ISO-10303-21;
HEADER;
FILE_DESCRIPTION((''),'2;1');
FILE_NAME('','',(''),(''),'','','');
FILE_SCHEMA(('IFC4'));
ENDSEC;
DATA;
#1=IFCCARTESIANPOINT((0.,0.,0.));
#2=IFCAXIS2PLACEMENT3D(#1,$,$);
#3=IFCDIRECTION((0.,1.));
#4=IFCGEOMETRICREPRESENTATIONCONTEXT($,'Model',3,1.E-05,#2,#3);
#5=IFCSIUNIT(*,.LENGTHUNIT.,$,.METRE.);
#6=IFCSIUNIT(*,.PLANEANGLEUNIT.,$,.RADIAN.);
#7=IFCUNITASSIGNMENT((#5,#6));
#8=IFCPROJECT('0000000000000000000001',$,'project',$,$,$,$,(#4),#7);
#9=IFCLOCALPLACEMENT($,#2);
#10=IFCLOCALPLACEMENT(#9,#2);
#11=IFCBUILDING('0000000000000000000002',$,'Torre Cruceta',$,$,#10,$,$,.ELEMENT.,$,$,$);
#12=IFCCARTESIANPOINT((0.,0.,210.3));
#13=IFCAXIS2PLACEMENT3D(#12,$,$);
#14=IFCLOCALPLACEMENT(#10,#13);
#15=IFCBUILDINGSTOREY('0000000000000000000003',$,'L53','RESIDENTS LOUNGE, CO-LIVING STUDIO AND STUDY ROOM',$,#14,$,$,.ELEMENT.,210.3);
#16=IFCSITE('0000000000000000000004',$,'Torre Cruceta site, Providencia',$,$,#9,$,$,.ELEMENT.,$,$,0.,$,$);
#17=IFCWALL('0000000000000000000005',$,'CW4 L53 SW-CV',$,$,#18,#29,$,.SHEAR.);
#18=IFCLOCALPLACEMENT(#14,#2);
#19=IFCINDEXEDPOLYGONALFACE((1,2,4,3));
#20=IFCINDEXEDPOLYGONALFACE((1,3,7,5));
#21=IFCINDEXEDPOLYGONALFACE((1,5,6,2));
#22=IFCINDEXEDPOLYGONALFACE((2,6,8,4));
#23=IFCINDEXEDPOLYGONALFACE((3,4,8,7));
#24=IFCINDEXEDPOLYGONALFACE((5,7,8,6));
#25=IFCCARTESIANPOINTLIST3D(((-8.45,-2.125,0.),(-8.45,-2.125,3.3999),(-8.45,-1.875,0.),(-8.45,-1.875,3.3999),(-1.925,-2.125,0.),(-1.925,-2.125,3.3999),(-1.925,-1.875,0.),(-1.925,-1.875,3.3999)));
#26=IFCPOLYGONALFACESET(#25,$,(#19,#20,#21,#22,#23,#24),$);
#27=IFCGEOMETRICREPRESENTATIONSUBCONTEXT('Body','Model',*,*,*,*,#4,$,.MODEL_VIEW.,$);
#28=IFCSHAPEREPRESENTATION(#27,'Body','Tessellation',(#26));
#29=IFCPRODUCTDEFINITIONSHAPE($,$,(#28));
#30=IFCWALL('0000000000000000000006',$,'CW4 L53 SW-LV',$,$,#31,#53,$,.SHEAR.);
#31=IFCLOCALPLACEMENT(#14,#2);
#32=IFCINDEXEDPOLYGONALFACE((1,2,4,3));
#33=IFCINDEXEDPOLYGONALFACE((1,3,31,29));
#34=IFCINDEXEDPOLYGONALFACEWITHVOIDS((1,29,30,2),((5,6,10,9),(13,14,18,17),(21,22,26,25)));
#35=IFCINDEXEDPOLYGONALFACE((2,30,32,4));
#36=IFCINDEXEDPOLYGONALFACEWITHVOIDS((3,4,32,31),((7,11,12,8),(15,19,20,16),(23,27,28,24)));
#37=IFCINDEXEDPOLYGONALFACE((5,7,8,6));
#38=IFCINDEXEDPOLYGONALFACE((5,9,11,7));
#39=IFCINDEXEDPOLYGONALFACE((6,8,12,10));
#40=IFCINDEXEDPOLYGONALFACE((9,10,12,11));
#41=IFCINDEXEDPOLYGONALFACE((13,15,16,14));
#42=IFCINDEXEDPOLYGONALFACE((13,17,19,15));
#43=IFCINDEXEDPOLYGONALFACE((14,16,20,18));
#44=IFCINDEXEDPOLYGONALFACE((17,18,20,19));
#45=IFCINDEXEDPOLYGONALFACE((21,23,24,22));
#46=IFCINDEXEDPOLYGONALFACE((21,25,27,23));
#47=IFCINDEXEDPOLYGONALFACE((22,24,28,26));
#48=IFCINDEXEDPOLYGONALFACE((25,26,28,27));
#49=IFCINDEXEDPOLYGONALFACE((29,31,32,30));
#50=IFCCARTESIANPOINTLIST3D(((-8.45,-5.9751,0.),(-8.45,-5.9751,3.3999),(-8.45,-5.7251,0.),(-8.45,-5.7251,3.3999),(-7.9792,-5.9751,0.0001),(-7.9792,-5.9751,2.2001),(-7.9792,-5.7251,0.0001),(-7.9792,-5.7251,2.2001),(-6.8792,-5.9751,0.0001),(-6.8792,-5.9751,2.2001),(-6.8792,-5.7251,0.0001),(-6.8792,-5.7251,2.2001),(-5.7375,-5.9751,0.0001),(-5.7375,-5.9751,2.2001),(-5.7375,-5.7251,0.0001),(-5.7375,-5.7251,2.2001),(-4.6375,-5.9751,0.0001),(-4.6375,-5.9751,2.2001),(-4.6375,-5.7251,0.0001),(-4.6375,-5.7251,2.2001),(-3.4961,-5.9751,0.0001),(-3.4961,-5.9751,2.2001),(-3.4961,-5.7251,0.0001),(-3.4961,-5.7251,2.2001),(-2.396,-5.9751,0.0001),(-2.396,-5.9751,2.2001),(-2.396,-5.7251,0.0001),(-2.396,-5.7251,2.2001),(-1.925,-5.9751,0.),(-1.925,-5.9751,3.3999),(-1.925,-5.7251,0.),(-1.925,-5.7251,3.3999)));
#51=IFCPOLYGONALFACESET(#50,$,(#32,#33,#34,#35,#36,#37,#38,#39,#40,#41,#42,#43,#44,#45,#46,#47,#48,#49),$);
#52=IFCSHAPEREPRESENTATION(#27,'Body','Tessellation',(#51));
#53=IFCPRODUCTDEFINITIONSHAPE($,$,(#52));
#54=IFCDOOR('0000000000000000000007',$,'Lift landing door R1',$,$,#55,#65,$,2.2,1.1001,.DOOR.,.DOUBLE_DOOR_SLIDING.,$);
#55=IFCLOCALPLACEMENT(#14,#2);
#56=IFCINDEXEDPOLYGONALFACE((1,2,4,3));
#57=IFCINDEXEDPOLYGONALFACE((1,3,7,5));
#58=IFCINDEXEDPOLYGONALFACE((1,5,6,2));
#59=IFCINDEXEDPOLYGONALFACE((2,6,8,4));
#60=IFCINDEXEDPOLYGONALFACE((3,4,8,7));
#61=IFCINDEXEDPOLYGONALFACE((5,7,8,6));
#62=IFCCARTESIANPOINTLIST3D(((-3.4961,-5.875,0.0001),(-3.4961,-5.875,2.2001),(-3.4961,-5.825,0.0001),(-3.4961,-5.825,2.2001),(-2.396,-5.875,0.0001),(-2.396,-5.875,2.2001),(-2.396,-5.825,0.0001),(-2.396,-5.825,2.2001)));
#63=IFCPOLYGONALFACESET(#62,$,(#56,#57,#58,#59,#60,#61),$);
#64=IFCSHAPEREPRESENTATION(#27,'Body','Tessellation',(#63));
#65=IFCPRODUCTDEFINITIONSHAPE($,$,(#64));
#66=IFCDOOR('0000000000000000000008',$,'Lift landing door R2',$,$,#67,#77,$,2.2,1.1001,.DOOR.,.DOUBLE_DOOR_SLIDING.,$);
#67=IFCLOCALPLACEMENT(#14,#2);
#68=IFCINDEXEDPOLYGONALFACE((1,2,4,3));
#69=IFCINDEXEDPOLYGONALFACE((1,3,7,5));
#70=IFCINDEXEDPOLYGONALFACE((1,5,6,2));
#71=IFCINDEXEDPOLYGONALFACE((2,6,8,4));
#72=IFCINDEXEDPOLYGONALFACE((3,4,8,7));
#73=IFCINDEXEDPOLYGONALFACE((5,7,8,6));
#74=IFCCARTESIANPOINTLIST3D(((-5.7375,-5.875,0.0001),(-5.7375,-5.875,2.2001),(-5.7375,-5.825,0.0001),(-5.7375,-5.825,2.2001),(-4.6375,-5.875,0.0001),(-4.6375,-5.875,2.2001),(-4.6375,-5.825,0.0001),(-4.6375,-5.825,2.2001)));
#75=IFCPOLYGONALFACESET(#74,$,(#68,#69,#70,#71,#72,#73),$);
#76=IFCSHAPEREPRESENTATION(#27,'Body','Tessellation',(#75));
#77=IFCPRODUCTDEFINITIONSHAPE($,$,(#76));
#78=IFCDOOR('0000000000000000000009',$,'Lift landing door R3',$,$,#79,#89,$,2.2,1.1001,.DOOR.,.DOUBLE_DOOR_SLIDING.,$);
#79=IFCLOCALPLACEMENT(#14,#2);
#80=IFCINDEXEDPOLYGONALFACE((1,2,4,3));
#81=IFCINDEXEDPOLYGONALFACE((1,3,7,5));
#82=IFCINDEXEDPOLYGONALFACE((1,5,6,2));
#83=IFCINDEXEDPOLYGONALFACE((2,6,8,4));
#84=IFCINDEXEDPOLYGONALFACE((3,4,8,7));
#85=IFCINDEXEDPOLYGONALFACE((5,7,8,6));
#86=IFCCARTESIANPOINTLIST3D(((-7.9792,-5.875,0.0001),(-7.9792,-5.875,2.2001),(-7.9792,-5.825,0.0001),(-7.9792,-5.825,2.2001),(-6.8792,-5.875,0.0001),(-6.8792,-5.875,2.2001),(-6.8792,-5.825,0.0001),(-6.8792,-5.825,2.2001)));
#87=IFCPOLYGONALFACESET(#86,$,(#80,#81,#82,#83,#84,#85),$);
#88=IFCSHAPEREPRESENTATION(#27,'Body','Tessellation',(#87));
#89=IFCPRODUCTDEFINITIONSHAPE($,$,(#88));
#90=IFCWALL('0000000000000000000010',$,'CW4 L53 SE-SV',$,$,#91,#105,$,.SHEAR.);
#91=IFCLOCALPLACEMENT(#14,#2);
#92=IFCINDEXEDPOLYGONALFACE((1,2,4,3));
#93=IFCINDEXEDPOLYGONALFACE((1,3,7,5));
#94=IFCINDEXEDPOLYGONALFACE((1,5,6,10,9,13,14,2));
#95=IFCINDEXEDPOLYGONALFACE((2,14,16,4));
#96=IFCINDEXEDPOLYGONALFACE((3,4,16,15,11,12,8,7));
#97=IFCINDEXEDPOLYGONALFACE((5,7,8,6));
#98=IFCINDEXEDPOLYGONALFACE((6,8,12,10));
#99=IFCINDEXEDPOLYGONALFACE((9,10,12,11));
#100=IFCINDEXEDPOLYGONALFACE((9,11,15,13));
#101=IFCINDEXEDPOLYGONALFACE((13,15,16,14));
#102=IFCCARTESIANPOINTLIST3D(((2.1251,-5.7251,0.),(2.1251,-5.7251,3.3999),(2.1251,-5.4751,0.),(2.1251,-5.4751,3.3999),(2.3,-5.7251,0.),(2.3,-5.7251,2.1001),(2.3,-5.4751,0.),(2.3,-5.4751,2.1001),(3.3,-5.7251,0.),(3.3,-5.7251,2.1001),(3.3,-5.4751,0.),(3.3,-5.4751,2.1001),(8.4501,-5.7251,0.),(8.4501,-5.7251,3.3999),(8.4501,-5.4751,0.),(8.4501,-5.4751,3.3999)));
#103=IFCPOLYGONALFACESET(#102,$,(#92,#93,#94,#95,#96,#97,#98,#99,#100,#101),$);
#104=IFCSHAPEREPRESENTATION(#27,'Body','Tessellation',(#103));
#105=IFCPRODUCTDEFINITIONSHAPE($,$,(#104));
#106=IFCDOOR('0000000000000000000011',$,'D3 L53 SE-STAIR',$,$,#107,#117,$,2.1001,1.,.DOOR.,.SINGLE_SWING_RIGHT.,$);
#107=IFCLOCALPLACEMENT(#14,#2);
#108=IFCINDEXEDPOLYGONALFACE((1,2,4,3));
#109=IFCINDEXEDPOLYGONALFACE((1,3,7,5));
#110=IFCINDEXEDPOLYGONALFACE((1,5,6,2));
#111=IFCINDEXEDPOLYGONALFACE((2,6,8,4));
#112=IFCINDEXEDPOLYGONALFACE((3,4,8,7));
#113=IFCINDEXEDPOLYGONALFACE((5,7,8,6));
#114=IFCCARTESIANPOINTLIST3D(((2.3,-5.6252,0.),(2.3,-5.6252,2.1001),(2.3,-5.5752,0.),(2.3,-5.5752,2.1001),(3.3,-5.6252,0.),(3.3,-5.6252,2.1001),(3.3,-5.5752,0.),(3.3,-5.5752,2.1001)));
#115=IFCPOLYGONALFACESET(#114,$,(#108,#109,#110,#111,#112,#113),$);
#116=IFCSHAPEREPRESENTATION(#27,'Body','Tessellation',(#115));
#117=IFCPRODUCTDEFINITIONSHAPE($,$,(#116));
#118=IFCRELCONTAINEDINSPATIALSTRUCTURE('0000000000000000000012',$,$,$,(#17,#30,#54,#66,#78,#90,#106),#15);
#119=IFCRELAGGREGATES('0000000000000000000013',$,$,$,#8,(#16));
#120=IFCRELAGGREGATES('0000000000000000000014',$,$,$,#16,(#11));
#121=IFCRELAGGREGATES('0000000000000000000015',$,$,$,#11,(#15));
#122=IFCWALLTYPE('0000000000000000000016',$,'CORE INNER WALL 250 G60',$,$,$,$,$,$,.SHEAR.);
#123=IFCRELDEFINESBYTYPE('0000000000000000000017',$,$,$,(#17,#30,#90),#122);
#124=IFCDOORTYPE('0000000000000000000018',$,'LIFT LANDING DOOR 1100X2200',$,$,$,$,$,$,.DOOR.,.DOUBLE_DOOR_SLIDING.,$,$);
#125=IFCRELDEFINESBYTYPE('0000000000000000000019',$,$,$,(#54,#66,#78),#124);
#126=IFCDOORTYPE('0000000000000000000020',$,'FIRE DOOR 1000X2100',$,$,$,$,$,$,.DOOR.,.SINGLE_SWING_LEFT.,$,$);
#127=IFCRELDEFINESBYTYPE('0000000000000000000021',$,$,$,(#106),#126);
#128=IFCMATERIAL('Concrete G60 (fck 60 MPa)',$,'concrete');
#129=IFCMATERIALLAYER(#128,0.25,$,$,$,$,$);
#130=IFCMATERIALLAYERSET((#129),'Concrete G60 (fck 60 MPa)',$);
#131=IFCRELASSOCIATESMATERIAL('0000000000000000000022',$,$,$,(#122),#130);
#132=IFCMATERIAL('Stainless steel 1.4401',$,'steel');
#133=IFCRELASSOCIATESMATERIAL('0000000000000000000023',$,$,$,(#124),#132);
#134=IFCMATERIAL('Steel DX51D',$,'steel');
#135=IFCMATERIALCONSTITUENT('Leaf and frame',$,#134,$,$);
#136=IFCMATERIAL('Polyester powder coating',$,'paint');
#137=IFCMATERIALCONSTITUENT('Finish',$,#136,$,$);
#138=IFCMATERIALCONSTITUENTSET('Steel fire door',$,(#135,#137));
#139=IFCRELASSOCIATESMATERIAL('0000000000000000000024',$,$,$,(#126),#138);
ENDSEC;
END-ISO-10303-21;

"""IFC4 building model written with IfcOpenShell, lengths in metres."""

from ifc_helpers import new_model, si_unit, direction, frame, frame_2d, origin, place, context, subcontext, project, spatial, rectangle, extrude, material, layer, layer_set, constituent, constituent_set, type_object, element, fill, save


model = new_model("IFC4")

# Units and contexts
model_context = context("Model", 3, precision=1e-05, world=origin(), true_north=direction((0.0, 1.0)))
body_context = subcontext(model_context, "Body", "Model", "MODEL_VIEW")
ifc_project = project(units=[si_unit("LENGTHUNIT", "METRE"), si_unit("PLANEANGLEUNIT", "RADIAN")], contexts=[model_context])

# Site, building, storey
site_placement = place(None, origin())
site = spatial("IfcSite", under=ifc_project, at=site_placement, Name="Torre Cruceta site, Providencia", CompositionType="ELEMENT", RefElevation=0.0)
building_placement = place(site_placement, origin())
building = spatial("IfcBuilding", under=site, at=building_placement, Name="Torre Cruceta", CompositionType="ELEMENT")
storey_placement = place(building_placement, frame((0.0, 0.0, 210.3)))
storey = spatial("IfcBuildingStorey", under=building, at=storey_placement, Name="L53", Description="RESIDENTS LOUNGE, CO-LIVING STUDIO AND STUDY ROOM", CompositionType="ELEMENT", Elevation=210.3)

# Shared definitions
ifc_material_1 = material(Name="Concrete G60 (fck 60 MPa)", Category="concrete")
ifc_layer_1 = layer(ifc_material_1, 0.25)
ifc_layer_set_1 = layer_set([ifc_layer_1], Name="Concrete G60 (fck 60 MPa)")
wall_type_1 = type_object("IfcWallType", Name="CORE INNER WALL 250 G60", PredefinedType="SHEAR", material=ifc_layer_set_1)

# Wall
wall_1_placement = place(storey_placement, frame((-1.925, -2.0, 0.0), z_axis=(0.0, 0.0, 1.0), x_axis=(-1.0, 0.0, 0.0)))
element("IfcWall", 1, at=wall_1_placement, inside=storey, type_object=wall_type_1, Name="CW4 L53 SW-CV", PredefinedType="SHEAR", context=body_context, shape_type="SweptSolid", body=[
    extrude(rectangle(XDim=6.5249, YDim=0.25, at=frame_2d((3.2625, 0.0))), origin(), (0.0, 0.0, 1.0), 3.3999),
])

# Wall, openings, doors
wall_2_placement = place(storey_placement, frame((-1.925, -5.8501, 0.0), z_axis=(0.0, 0.0, 1.0), x_axis=(-1.0, 0.0, 0.0)))
wall_2 = element("IfcWall", 2, at=wall_2_placement, inside=storey, type_object=wall_type_1, Name="CW4 L53 SW-LV", PredefinedType="SHEAR", context=body_context, shape_type="SweptSolid", body=[
    extrude(rectangle(XDim=6.5249, YDim=0.25, at=frame_2d((3.2625, 0.0))), origin(), (0.0, 0.0, 1.0), 3.3999),
])
opening_1_placement = place(wall_2_placement, frame((0.4709, 0.0, 0.0)))
opening_1 = element("IfcOpeningElement", 3, at=opening_1_placement, cuts=wall_2, PredefinedType="OPENING", context=body_context, shape_type="SweptSolid", body=[
    extrude(rectangle(XDim=1.1001, YDim=2.2, at=frame_2d((0.55, 1.1001))), frame((0.0, 0.135, 0.0), z_axis=(0.0, -1.0, 0.0), x_axis=(1.0, 0.0, 0.0)), (0.0, 0.0, 1.0), 0.27),
])
opening_2_placement = place(wall_2_placement, frame((2.7124, 0.0, 0.0)))
opening_2 = element("IfcOpeningElement", 4, at=opening_2_placement, cuts=wall_2, PredefinedType="OPENING", context=body_context, shape_type="SweptSolid", body=[
    extrude(rectangle(XDim=1.1001, YDim=2.2, at=frame_2d((0.55, 1.1001))), frame((0.0, 0.135, 0.0), z_axis=(0.0, -1.0, 0.0), x_axis=(1.0, 0.0, 0.0)), (0.0, 0.0, 1.0), 0.27),
])
opening_3_placement = place(wall_2_placement, frame((4.9541, 0.0, 0.0)))
opening_3 = element("IfcOpeningElement", 5, at=opening_3_placement, cuts=wall_2, PredefinedType="OPENING", context=body_context, shape_type="SweptSolid", body=[
    extrude(rectangle(XDim=1.1001, YDim=2.2, at=frame_2d((0.55, 1.1001))), frame((0.0, 0.135, 0.0), z_axis=(0.0, -1.0, 0.0), x_axis=(1.0, 0.0, 0.0)), (0.0, 0.0, 1.0), 0.27),
])
ifc_material_2 = material(Name="Stainless steel 1.4401", Category="steel")
door_type_1 = type_object("IfcDoorType", Name="LIFT LANDING DOOR 1100X2200", OperationType="DOUBLE_DOOR_SLIDING", PredefinedType="DOOR", material=ifc_material_2)
door_1_placement = place(opening_1_placement, origin())
door_1 = element("IfcDoor", 6, at=door_1_placement, inside=storey, type_object=door_type_1, Name="Lift landing door R1", OperationType="DOUBLE_DOOR_SLIDING", OverallHeight=2.2, OverallWidth=1.1001, PredefinedType="DOOR", context=body_context, shape_type="SweptSolid", body=[
    extrude(rectangle(XDim=1.1001, YDim=2.2, at=frame_2d((0.55, 1.1001))), frame((0.0, 0.0249, 0.0), z_axis=(0.0, -1.0, 0.0), x_axis=(1.0, 0.0, 0.0)), (0.0, 0.0, 1.0), 0.05),
])
fill(opening_1, door_1)
door_2_placement = place(opening_2_placement, origin())
door_2 = element("IfcDoor", 7, at=door_2_placement, inside=storey, type_object=door_type_1, Name="Lift landing door R2", OperationType="DOUBLE_DOOR_SLIDING", OverallHeight=2.2, OverallWidth=1.1001, PredefinedType="DOOR", context=body_context, shape_type="SweptSolid", body=[
    extrude(rectangle(XDim=1.1001, YDim=2.2, at=frame_2d((0.55, 1.1001))), frame((0.0, 0.0249, 0.0), z_axis=(0.0, -1.0, 0.0), x_axis=(1.0, 0.0, 0.0)), (0.0, 0.0, 1.0), 0.05),
])
fill(opening_2, door_2)
door_3_placement = place(opening_3_placement, origin())
door_3 = element("IfcDoor", 8, at=door_3_placement, inside=storey, type_object=door_type_1, Name="Lift landing door R3", OperationType="DOUBLE_DOOR_SLIDING", OverallHeight=2.2, OverallWidth=1.1001, PredefinedType="DOOR", context=body_context, shape_type="SweptSolid", body=[
    extrude(rectangle(XDim=1.1001, YDim=2.2, at=frame_2d((0.55, 1.1001))), frame((0.0, 0.0249, 0.0), z_axis=(0.0, -1.0, 0.0), x_axis=(1.0, 0.0, 0.0)), (0.0, 0.0, 1.0), 0.05),
])
fill(opening_3, door_3)

# Wall, opening, door
wall_3_placement = place(storey_placement, frame((2.125, -5.6001, 0.0), z_axis=(0.0, 0.0, 1.0), x_axis=(1.0, 0.0, 0.0)))
wall_3 = element("IfcWall", 9, at=wall_3_placement, inside=storey, type_object=wall_type_1, Name="CW4 L53 SE-SV", PredefinedType="SHEAR", context=body_context, shape_type="SweptSolid", body=[
    extrude(rectangle(XDim=6.325, YDim=0.25, at=frame_2d((3.1626, 0.0))), origin(), (0.0, 0.0, 1.0), 3.3999),
])
opening_4_placement = place(wall_3_placement, frame((0.175, 0.0, 0.0)))
opening_4 = element("IfcOpeningElement", 10, at=opening_4_placement, cuts=wall_3, PredefinedType="OPENING", context=body_context, shape_type="SweptSolid", body=[
    extrude(rectangle(XDim=1.0, YDim=2.1001, at=frame_2d((0.5, 1.05))), frame((0.0, 0.135, 0.0), z_axis=(0.0, -1.0, 0.0), x_axis=(1.0, 0.0, 0.0)), (0.0, 0.0, 1.0), 0.27),
])
ifc_material_3 = material(Name="Steel DX51D", Category="steel")
ifc_constituent_1 = constituent(ifc_material_3, Name="Leaf and frame")
ifc_material_4 = material(Name="Polyester powder coating", Category="paint")
ifc_constituent_2 = constituent(ifc_material_4, Name="Finish")
ifc_constituent_set_1 = constituent_set(constituents=[ifc_constituent_1, ifc_constituent_2], Name="Steel fire door")
door_type_2 = type_object("IfcDoorType", Name="FIRE DOOR 1000X2100", OperationType="SINGLE_SWING_LEFT", PredefinedType="DOOR", material=ifc_constituent_set_1)
door_4_placement = place(opening_4_placement, frame((1.0, 0.0, 0.0), z_axis=(0.0, 0.0, 1.0), x_axis=(-1.0, 0.0, 0.0)))
door_4 = element("IfcDoor", 11, at=door_4_placement, inside=storey, type_object=door_type_2, Name="D3 L53 SE-STAIR", OperationType="SINGLE_SWING_RIGHT", OverallHeight=2.1001, OverallWidth=1.0, PredefinedType="DOOR", context=body_context, shape_type="SweptSolid", body=[
    extrude(rectangle(XDim=1.0, YDim=2.1001, at=frame_2d((0.5, 1.05))), frame((0.0, 0.0251, 0.0), z_axis=(0.0, -1.0, 0.0), x_axis=(1.0, 0.0, 0.0)), (0.0, 0.0, 1.0), 0.05),
])
fill(opening_4, door_4)

save(model, "model.ifc")
